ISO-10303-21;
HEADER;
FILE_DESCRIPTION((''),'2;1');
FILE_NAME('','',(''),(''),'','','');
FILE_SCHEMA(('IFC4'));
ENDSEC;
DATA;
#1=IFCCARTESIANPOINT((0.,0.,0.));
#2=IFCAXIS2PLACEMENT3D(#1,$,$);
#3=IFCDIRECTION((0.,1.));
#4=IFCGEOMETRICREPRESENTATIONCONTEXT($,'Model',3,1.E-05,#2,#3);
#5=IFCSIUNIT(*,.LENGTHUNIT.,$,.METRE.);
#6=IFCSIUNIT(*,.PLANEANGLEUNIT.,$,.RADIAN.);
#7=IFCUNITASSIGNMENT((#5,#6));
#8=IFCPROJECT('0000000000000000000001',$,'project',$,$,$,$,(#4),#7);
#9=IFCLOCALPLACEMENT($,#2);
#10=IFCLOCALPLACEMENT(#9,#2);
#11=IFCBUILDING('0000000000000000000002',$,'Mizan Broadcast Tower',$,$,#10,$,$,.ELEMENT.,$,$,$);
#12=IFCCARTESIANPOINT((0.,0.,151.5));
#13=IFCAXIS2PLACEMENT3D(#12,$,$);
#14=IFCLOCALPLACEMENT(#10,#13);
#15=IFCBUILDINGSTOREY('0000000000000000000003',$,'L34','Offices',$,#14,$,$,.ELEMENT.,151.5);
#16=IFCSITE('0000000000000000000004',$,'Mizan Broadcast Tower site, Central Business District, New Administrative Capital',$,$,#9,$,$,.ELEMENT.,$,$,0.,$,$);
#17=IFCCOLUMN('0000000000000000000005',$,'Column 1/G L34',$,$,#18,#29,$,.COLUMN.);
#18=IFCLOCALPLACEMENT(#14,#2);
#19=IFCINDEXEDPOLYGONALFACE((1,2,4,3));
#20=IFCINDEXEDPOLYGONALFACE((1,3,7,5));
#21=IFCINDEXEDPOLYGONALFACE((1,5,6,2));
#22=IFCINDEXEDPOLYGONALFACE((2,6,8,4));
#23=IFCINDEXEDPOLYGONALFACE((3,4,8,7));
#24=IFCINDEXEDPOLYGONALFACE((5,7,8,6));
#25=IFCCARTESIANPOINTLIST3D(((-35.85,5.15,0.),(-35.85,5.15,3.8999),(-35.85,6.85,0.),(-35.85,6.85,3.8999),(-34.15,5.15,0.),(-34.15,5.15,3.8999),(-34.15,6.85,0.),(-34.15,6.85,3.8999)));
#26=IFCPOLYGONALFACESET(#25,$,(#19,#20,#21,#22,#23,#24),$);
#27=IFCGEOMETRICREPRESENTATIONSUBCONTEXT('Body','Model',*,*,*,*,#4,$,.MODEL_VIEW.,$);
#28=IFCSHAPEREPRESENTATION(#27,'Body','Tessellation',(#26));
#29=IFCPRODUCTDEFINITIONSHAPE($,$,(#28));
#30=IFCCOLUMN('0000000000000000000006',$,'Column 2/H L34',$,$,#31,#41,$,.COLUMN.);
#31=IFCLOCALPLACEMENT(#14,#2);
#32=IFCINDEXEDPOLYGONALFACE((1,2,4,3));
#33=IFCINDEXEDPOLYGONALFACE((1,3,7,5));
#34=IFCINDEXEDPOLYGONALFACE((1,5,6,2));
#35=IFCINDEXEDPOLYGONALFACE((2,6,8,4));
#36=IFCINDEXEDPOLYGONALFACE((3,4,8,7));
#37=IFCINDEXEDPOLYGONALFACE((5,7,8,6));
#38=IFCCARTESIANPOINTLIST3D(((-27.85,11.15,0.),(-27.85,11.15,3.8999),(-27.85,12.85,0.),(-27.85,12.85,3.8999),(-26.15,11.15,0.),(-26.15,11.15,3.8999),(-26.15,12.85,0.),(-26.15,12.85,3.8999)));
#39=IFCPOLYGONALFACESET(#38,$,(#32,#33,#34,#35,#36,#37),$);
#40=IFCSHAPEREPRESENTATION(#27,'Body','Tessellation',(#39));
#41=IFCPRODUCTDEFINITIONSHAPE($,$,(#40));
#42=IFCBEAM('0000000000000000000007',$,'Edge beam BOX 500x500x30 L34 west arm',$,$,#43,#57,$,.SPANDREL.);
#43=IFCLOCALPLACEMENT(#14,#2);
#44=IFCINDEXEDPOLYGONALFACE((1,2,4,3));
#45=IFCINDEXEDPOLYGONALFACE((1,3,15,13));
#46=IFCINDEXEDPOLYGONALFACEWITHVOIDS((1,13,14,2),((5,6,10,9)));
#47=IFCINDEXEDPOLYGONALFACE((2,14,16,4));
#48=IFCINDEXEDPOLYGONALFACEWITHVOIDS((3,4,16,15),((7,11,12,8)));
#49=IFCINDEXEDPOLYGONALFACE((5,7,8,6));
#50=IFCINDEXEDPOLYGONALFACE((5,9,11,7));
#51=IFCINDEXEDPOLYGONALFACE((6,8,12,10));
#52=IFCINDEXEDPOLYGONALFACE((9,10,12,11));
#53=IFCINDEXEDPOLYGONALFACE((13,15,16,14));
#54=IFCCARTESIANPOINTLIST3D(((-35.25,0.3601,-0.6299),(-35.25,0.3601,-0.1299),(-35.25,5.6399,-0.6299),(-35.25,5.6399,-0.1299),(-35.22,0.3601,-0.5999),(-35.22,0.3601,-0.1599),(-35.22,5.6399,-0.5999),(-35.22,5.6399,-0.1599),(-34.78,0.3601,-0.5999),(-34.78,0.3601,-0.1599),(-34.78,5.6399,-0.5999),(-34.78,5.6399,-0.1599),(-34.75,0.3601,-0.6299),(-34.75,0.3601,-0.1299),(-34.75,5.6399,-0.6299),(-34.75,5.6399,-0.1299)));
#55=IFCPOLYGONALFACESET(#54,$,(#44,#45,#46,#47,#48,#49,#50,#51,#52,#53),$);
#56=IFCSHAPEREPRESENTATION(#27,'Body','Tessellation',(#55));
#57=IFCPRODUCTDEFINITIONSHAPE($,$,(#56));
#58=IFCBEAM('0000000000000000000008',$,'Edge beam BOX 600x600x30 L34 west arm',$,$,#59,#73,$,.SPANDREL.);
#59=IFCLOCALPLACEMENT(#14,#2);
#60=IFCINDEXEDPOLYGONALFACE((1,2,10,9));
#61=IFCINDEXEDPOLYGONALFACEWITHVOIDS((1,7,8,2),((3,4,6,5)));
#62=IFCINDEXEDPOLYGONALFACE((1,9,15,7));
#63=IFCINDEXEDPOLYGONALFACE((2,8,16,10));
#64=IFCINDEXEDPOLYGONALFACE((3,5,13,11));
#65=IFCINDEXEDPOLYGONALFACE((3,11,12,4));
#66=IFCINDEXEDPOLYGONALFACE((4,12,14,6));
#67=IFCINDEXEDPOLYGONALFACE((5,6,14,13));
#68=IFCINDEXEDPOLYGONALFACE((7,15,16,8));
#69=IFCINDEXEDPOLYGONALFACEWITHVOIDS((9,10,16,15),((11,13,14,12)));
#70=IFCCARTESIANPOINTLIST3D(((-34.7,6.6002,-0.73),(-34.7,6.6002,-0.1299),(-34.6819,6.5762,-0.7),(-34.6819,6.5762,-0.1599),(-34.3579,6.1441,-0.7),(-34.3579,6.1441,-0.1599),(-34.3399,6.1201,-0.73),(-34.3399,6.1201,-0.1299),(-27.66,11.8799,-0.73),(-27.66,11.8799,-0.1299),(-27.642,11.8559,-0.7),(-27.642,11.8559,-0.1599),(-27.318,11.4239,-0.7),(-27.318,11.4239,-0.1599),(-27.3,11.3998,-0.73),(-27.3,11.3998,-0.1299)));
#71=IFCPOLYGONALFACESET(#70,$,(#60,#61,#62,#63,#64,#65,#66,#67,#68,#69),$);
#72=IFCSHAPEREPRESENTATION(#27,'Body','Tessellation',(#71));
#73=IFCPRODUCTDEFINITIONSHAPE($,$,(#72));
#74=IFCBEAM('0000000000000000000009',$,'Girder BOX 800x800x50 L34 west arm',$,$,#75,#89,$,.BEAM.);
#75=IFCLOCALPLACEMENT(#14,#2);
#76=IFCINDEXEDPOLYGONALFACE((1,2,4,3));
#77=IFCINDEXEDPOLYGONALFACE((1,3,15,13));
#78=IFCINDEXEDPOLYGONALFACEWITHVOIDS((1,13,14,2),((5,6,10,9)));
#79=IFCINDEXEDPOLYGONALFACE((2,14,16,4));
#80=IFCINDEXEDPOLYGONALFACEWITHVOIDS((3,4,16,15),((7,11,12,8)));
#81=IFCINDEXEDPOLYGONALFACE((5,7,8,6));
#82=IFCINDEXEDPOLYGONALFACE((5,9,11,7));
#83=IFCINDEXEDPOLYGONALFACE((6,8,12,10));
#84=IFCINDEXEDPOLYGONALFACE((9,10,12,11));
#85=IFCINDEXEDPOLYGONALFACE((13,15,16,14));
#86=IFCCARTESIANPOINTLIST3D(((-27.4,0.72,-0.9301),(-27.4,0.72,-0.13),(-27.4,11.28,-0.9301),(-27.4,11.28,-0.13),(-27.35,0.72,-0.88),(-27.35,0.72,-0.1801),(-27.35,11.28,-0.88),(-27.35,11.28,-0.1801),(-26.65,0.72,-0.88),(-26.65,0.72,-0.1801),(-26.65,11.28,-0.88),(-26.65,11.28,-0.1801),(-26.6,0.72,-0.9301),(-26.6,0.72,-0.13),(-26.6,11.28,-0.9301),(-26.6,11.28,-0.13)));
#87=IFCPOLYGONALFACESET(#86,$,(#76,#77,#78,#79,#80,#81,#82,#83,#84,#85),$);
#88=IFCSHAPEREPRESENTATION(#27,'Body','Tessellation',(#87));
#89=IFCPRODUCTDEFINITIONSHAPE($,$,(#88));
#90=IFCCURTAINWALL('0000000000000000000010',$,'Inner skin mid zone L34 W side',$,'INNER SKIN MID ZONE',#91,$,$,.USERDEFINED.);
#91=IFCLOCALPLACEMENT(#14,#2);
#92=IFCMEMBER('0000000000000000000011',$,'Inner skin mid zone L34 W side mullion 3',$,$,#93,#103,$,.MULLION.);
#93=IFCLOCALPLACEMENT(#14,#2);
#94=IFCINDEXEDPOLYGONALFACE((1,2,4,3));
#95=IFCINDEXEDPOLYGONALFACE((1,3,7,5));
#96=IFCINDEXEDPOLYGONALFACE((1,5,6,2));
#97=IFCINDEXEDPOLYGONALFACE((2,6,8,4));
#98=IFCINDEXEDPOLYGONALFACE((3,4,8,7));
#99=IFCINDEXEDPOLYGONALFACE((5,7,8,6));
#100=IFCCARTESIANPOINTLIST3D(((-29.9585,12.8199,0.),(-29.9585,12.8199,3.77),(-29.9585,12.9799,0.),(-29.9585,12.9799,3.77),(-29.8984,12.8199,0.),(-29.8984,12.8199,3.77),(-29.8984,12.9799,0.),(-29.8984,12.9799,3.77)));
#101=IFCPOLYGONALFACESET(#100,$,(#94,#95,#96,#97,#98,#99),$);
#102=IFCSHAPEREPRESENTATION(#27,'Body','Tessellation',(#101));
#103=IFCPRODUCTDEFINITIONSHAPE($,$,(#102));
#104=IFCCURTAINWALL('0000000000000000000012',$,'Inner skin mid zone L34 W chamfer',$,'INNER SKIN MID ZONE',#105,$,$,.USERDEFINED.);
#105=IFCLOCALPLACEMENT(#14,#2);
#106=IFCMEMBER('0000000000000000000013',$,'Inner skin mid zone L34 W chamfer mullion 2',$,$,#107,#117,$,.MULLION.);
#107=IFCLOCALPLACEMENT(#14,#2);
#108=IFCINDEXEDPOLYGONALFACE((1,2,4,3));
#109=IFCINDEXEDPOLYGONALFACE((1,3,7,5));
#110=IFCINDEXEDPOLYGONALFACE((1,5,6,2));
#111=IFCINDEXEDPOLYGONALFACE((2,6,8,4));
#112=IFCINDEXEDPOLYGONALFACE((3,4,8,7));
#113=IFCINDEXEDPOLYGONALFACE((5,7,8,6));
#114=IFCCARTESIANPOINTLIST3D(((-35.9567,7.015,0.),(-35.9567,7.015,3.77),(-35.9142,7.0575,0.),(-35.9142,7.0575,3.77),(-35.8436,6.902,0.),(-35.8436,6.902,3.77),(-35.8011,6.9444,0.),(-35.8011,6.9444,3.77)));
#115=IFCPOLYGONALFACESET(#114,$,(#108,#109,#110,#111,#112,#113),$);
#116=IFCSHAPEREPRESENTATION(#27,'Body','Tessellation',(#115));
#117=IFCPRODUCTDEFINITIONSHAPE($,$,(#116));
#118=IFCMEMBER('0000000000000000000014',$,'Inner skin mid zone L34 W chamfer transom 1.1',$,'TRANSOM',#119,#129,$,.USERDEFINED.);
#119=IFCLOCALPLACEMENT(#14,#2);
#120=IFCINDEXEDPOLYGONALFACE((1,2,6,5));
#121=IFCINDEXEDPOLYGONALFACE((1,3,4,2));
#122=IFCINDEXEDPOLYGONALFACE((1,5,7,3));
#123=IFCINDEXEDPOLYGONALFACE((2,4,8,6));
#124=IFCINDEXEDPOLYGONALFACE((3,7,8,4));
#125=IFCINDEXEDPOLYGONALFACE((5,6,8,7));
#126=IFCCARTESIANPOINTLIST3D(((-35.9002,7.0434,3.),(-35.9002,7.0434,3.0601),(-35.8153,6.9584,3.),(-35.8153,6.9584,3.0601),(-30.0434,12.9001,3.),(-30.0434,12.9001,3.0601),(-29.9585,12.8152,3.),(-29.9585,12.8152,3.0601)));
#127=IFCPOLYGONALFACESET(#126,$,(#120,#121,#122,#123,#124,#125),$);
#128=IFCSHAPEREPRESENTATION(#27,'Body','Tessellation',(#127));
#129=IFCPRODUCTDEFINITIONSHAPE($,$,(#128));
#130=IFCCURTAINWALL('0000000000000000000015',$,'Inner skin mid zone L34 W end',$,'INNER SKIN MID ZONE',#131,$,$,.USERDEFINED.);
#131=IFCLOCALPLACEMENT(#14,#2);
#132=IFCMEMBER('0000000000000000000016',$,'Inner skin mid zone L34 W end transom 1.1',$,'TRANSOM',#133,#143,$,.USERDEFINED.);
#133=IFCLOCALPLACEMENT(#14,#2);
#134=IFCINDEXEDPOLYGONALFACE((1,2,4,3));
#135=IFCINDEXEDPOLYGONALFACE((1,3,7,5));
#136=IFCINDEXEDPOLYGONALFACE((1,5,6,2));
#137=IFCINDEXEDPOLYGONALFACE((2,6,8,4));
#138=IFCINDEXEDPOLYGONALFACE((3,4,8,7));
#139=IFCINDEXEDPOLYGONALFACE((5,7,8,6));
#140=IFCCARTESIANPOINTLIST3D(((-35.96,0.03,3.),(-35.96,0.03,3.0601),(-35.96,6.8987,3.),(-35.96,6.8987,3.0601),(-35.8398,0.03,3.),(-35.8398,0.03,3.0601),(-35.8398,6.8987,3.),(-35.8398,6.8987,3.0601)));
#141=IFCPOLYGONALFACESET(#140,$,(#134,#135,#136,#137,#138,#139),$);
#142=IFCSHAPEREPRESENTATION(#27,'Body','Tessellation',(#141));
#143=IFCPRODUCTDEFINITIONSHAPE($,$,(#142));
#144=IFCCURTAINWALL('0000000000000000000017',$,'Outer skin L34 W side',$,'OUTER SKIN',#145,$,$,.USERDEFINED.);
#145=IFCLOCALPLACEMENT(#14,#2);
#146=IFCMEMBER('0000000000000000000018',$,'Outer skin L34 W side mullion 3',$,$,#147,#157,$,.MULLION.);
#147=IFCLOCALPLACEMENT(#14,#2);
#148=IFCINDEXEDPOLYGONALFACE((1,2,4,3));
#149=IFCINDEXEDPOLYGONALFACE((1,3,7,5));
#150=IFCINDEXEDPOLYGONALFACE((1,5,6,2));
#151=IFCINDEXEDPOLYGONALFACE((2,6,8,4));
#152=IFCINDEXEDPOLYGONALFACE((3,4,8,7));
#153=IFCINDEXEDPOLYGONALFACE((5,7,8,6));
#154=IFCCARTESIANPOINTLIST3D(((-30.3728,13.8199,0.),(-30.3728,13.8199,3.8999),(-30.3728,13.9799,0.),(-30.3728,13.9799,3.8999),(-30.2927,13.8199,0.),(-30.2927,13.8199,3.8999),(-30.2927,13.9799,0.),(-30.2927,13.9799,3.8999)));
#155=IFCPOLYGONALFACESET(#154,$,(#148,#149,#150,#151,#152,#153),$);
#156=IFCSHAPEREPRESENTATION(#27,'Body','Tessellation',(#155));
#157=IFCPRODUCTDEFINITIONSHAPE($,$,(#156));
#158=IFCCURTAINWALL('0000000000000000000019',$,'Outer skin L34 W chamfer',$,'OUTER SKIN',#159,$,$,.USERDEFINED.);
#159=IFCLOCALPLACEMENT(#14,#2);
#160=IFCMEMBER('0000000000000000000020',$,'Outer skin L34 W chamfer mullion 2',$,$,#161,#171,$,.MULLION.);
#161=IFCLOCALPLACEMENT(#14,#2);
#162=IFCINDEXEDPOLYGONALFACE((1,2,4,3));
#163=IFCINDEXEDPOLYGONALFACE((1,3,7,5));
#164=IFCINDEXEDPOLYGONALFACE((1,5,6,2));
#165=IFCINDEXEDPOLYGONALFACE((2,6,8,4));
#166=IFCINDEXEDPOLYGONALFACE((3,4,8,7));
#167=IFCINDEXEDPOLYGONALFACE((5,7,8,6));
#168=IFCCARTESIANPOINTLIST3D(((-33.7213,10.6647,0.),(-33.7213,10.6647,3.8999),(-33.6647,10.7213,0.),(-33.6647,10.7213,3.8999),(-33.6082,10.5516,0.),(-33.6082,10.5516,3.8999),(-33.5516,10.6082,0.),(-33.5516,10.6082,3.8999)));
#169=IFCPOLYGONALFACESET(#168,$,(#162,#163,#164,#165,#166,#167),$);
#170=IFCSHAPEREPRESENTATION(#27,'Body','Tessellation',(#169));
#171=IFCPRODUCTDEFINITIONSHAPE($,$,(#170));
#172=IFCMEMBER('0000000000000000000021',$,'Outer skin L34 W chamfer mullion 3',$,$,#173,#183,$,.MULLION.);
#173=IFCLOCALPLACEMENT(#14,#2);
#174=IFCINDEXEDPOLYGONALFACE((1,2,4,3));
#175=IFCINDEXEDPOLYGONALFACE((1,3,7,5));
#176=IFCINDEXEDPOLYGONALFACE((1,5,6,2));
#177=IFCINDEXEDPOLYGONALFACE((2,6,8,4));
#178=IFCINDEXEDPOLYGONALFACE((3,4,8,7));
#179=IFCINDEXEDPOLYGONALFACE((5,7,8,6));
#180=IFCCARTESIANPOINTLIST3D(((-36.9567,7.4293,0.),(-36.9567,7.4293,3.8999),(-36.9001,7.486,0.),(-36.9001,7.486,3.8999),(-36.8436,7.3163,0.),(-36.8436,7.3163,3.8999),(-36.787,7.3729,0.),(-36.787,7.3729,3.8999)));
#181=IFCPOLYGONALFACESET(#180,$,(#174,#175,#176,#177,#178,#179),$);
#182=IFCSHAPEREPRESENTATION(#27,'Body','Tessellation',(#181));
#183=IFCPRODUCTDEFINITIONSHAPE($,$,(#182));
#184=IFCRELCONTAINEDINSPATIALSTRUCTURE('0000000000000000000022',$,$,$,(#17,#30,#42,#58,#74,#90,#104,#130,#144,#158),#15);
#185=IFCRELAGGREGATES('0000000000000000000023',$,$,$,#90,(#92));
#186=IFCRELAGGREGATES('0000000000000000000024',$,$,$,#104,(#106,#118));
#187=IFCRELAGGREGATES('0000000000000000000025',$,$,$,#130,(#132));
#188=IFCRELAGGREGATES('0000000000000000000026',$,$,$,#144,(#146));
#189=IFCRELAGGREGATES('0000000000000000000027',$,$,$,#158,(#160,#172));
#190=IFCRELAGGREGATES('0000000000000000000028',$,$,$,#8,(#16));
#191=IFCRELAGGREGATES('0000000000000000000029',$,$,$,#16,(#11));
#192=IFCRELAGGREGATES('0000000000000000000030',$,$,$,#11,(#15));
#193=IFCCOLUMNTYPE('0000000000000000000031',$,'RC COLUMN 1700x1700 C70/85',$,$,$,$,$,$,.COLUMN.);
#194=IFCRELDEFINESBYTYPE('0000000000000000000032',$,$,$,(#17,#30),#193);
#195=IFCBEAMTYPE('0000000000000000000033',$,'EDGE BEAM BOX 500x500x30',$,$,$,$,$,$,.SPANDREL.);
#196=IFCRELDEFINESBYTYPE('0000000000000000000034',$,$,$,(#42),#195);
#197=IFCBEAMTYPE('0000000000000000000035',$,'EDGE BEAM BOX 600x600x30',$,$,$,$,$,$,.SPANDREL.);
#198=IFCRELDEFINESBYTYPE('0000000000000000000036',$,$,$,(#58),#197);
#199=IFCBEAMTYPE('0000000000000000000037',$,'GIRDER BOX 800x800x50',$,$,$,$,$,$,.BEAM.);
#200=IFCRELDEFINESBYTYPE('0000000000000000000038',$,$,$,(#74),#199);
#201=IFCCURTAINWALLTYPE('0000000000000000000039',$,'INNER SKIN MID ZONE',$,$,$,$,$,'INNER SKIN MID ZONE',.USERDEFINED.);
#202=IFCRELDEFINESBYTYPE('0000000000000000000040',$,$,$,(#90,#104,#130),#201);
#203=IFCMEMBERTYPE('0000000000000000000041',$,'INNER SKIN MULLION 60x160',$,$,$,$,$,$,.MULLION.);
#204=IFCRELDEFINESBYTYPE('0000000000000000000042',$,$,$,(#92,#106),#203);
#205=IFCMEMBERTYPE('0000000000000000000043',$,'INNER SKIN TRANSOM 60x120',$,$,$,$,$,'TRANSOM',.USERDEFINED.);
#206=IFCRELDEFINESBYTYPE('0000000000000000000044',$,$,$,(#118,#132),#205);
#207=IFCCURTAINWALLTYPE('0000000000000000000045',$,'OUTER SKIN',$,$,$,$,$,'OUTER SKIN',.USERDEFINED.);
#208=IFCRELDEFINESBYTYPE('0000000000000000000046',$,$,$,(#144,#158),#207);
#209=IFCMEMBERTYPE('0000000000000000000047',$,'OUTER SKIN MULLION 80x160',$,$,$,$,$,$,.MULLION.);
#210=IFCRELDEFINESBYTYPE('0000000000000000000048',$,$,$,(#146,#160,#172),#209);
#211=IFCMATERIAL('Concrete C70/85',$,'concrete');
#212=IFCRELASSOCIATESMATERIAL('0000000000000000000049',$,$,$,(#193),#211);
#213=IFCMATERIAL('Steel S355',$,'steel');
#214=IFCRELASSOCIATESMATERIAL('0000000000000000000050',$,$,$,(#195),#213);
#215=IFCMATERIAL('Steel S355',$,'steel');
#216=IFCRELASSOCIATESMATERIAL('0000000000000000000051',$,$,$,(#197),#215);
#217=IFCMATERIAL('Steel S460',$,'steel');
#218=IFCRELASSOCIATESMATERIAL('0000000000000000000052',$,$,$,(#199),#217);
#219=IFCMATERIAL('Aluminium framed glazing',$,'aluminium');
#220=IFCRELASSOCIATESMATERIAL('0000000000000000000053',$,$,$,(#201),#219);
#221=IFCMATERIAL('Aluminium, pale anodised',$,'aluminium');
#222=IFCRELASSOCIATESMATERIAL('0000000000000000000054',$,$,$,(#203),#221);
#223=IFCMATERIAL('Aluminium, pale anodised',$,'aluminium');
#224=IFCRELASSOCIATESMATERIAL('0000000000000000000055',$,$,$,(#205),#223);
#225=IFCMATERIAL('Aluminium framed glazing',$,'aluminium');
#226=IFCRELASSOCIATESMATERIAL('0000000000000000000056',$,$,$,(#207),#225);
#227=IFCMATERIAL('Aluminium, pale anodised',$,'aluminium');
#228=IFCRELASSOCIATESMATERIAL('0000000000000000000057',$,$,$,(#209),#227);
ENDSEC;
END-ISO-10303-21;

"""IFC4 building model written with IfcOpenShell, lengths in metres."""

from ifc_helpers import new_model, si_unit, direction, frame, origin, origin_2d, place, context, subcontext, project, spatial, rectangle, hollow_rectangle, extrude, material, material_profile, profile_set, type_object, element, aggregate, save


model = new_model("IFC4")

# Units and contexts
model_context = context("Model", 3, precision=1e-05, world=origin(), true_north=direction((0.0, 1.0)))
body_context = subcontext(model_context, "Body", "Model", "MODEL_VIEW")
ifc_project = project(units=[si_unit("LENGTHUNIT", "METRE"), si_unit("PLANEANGLEUNIT", "RADIAN")], contexts=[model_context])

# Site, building, storey
site_placement = place(None, origin())
site = spatial("IfcSite", under=ifc_project, at=site_placement, Name="Mizan Broadcast Tower site, Central Business District, New Administrative Capital", CompositionType="ELEMENT", RefElevation=0.0)
building_placement = place(site_placement, origin())
building = spatial("IfcBuilding", under=site, at=building_placement, Name="Mizan Broadcast Tower", CompositionType="ELEMENT")
storey_placement = place(building_placement, frame((0.0, 0.0, 151.5)))
storey = spatial("IfcBuildingStorey", under=building, at=storey_placement, Name="L34", Description="Offices", CompositionType="ELEMENT", Elevation=151.5)

# Columns
ifc_material_1 = material(Name="Concrete C70/85", Category="concrete")
ifc_material_profile_1 = material_profile(ifc_material_1, rectangle(XDim=1.7, YDim=1.7, at=origin_2d()), Name="RC 1700x1700")
ifc_profile_set_1 = profile_set([ifc_material_profile_1], Name="Concrete C70/85")
column_type = type_object("IfcColumnType", Name="RC COLUMN 1700x1700 C70/85", PredefinedType="COLUMN", material=ifc_profile_set_1)
for number, where, z_axis, x_axis, name in (
    (1, (-35.0, 6.0, 0.0), (0.0, 0.0, 1.0), (1.0, 0.0, 0.0), "Column 1/G L34"),
    (2, (-27.0, 12.0, 0.0), (0.0, 0.0, 1.0), (1.0, 0.0, 0.0), "Column 2/H L34"),
):
    element("IfcColumn", number, at=place(storey_placement, frame(where, z_axis=z_axis, x_axis=x_axis)), inside=storey, type_object=column_type, Name=name, PredefinedType="COLUMN", context=body_context, shape_type="SweptSolid", body=[
        extrude(rectangle(XDim=1.7, YDim=1.7, at=origin_2d()), origin(), (0.0, 0.0, 1.0), 3.8999),
    ])

# Beams
ifc_material_2 = material(Name="Steel S355", Category="steel")
ifc_material_profile_2 = material_profile(ifc_material_2, hollow_rectangle(XDim=0.5, YDim=0.5, WallThickness=0.03, at=origin_2d()), Name="BOX 500x500x30")
ifc_profile_set_2 = profile_set([ifc_material_profile_2], Name="Steel S355")
beam_type_1 = type_object("IfcBeamType", Name="EDGE BEAM BOX 500x500x30", PredefinedType="SPANDREL", material=ifc_profile_set_2)
beam_1_placement = place(storey_placement, frame((-35.0, 5.6399, -0.3799), z_axis=(0.0, -1.0, 0.0), x_axis=(1.0, 0.0, 0.0)))
element("IfcBeam", 3, at=beam_1_placement, inside=storey, type_object=beam_type_1, Name="Edge beam BOX 500x500x30 L34 west arm", PredefinedType="SPANDREL", context=body_context, shape_type="SweptSolid", body=[
    extrude(hollow_rectangle(XDim=0.5, YDim=0.5, WallThickness=0.03, at=origin_2d()), origin(), (0.0, 0.0, 1.0), 5.2798),
])
ifc_material_3 = material(Name="Steel S355", Category="steel")
ifc_material_profile_3 = material_profile(ifc_material_3, hollow_rectangle(XDim=0.6001, YDim=0.6001, WallThickness=0.03, at=origin_2d()), Name="BOX 600x600x30")
ifc_profile_set_3 = profile_set([ifc_material_profile_3], Name="Steel S355")
beam_type_2 = type_object("IfcBeamType", Name="EDGE BEAM BOX 600x600x30", PredefinedType="SPANDREL", material=ifc_profile_set_3)
beam_2_placement = place(storey_placement, frame((-27.48, 11.6399, -0.4299), z_axis=(-0.800013, -0.599982, 0.0), x_axis=(0.599982, -0.800013, 0.0)))
element("IfcBeam", 4, at=beam_2_placement, inside=storey, type_object=beam_type_2, Name="Edge beam BOX 600x600x30 L34 west arm", PredefinedType="SPANDREL", context=body_context, shape_type="SweptSolid", body=[
    extrude(hollow_rectangle(XDim=0.6001, YDim=0.6001, WallThickness=0.03, at=origin_2d()), origin(), (0.0, 0.0, 1.0), 8.7998),
])
ifc_material_4 = material(Name="Steel S460", Category="steel")
ifc_material_profile_4 = material_profile(ifc_material_4, hollow_rectangle(XDim=0.8, YDim=0.8, WallThickness=0.05, at=origin_2d()), Name="BOX 800x800x50")
ifc_profile_set_4 = profile_set([ifc_material_profile_4], Name="Steel S460")
beam_type_3 = type_object("IfcBeamType", Name="GIRDER BOX 800x800x50", PredefinedType="BEAM", material=ifc_profile_set_4)
beam_3_placement = place(storey_placement, frame((-27.0, 11.28, -0.53), z_axis=(0.0, -1.0, 0.0), x_axis=(1.0, 0.0, 0.0)))
element("IfcBeam", 5, at=beam_3_placement, inside=storey, type_object=beam_type_3, Name="Girder BOX 800x800x50 L34 west arm", PredefinedType="BEAM", context=body_context, shape_type="SweptSolid", body=[
    extrude(hollow_rectangle(XDim=0.8, YDim=0.8, WallThickness=0.05, at=origin_2d()), origin(), (0.0, 0.0, 1.0), 10.5601),
])

# Curtain wall, member
ifc_material_5 = material(Name="Aluminium framed glazing", Category="aluminium")
curtain_wall_type_1 = type_object("IfcCurtainWallType", Name="INNER SKIN MID ZONE", ElementType="INNER SKIN MID ZONE", PredefinedType="USERDEFINED", material=ifc_material_5)
curtain_wall_1_placement = place(storey_placement, origin())
curtain_wall_1 = element("IfcCurtainWall", 6, at=curtain_wall_1_placement, inside=storey, type_object=curtain_wall_type_1, Name="Inner skin mid zone L34 W side", ObjectType="INNER SKIN MID ZONE", PredefinedType="USERDEFINED")
ifc_material_6 = material(Name="Aluminium, pale anodised", Category="aluminium")
ifc_material_profile_5 = material_profile(ifc_material_6, rectangle(XDim=0.1599, YDim=0.0601, at=origin_2d()), Name="MULLION 160x60")
ifc_profile_set_5 = profile_set([ifc_material_profile_5], Name="Aluminium, pale anodised")
member_type_1 = type_object("IfcMemberType", Name="INNER SKIN MULLION 60x160", PredefinedType="MULLION", material=ifc_profile_set_5)
member_1_placement = place(storey_placement, frame((-29.9285, 12.8999, 0.0), z_axis=(0.0, 0.0, 1.0), x_axis=(0.0, -1.0, 0.0)))
member_1 = element("IfcMember", 7, at=member_1_placement, type_object=member_type_1, Name="Inner skin mid zone L34 W side mullion 3", PredefinedType="MULLION", context=body_context, shape_type="SweptSolid", body=[
    extrude(rectangle(XDim=0.1599, YDim=0.0601, at=origin_2d()), origin(), (0.0, 0.0, 1.0), 3.77),
])

# Curtain wall, members
curtain_wall_2_placement = place(storey_placement, origin())
curtain_wall_2 = element("IfcCurtainWall", 8, at=curtain_wall_2_placement, inside=storey, type_object=curtain_wall_type_1, Name="Inner skin mid zone L34 W chamfer", ObjectType="INNER SKIN MID ZONE", PredefinedType="USERDEFINED")
member_2_placement = place(storey_placement, frame((-35.8789, 6.9797, 0.0), z_axis=(0.0, 0.0, 1.0), x_axis=(0.707107, -0.707107, 0.0)))
member_2 = element("IfcMember", 9, at=member_2_placement, type_object=member_type_1, Name="Inner skin mid zone L34 W chamfer mullion 2", PredefinedType="MULLION", context=body_context, shape_type="SweptSolid", body=[
    extrude(rectangle(XDim=0.1599, YDim=0.0601, at=origin_2d()), origin(), (0.0, 0.0, 1.0), 3.77),
])
ifc_material_7 = material(Name="Aluminium, pale anodised", Category="aluminium")
ifc_material_profile_6 = material_profile(ifc_material_7, rectangle(XDim=0.1201, YDim=0.0601, at=origin_2d()), Name="TRANSOM 120x60")
ifc_profile_set_6 = profile_set([ifc_material_profile_6], Name="Aluminium, pale anodised")
member_type_2 = type_object("IfcMemberType", Name="INNER SKIN TRANSOM 60x120", ElementType="TRANSOM", PredefinedType="USERDEFINED", material=ifc_profile_set_6)
member_3_placement = place(storey_placement, frame((-30.001, 12.8577, 3.03), z_axis=(-0.707107, -0.707107, 0.0), x_axis=(0.707107, -0.707107, 0.0)))
member_3 = element("IfcMember", 10, at=member_3_placement, type_object=member_type_2, Name="Inner skin mid zone L34 W chamfer transom 1.1", ObjectType="TRANSOM", PredefinedType="USERDEFINED", context=body_context, shape_type="SweptSolid", body=[
    extrude(rectangle(XDim=0.1201, YDim=0.0601, at=origin_2d()), origin(), (0.0, 0.0, 1.0), 8.2827),
])

# Curtain walls, members
curtain_wall_3_placement = place(storey_placement, origin())
curtain_wall_3 = element("IfcCurtainWall", 11, at=curtain_wall_3_placement, inside=storey, type_object=curtain_wall_type_1, Name="Inner skin mid zone L34 W end", ObjectType="INNER SKIN MID ZONE", PredefinedType="USERDEFINED")
member_4_placement = place(storey_placement, frame((-35.8999, 6.8987, 3.03), z_axis=(0.0, -1.0, 0.0), x_axis=(1.0, 0.0, 0.0)))
member_4 = element("IfcMember", 12, at=member_4_placement, type_object=member_type_2, Name="Inner skin mid zone L34 W end transom 1.1", ObjectType="TRANSOM", PredefinedType="USERDEFINED", context=body_context, shape_type="SweptSolid", body=[
    extrude(rectangle(XDim=0.1201, YDim=0.0601, at=origin_2d()), origin(), (0.0, 0.0, 1.0), 6.8687),
])
ifc_material_8 = material(Name="Aluminium framed glazing", Category="aluminium")
curtain_wall_type_2 = type_object("IfcCurtainWallType", Name="OUTER SKIN", ElementType="OUTER SKIN", PredefinedType="USERDEFINED", material=ifc_material_8)
curtain_wall_4_placement = place(storey_placement, origin())
curtain_wall_4 = element("IfcCurtainWall", 13, at=curtain_wall_4_placement, inside=storey, type_object=curtain_wall_type_2, Name="Outer skin L34 W side", ObjectType="OUTER SKIN", PredefinedType="USERDEFINED")
ifc_material_9 = material(Name="Aluminium, pale anodised", Category="aluminium")
ifc_material_profile_7 = material_profile(ifc_material_9, rectangle(XDim=0.1599, YDim=0.0801, at=origin_2d()), Name="MULLION 160x80")
ifc_profile_set_7 = profile_set([ifc_material_profile_7], Name="Aluminium, pale anodised")
member_type_3 = type_object("IfcMemberType", Name="OUTER SKIN MULLION 80x160", PredefinedType="MULLION", material=ifc_profile_set_7)
member_5_placement = place(storey_placement, frame((-30.3328, 13.8999, 0.0), z_axis=(0.0, 0.0, 1.0), x_axis=(0.0, -1.0, 0.0)))
member_5 = element("IfcMember", 14, at=member_5_placement, type_object=member_type_3, Name="Outer skin L34 W side mullion 3", PredefinedType="MULLION", context=body_context, shape_type="SweptSolid", body=[
    extrude(rectangle(XDim=0.1599, YDim=0.0801, at=origin_2d()), origin(), (0.0, 0.0, 1.0), 3.8999),
])

# Curtain wall, members
curtain_wall_5_placement = place(storey_placement, origin())
curtain_wall_5 = element("IfcCurtainWall", 15, at=curtain_wall_5_placement, inside=storey, type_object=curtain_wall_type_2, Name="Outer skin L34 W chamfer", ObjectType="OUTER SKIN", PredefinedType="USERDEFINED")
member_6_placement = place(storey_placement, frame((-33.6365, 10.6365, 0.0), z_axis=(0.0, 0.0, 1.0), x_axis=(0.707107, -0.707107, 0.0)))
member_6 = element("IfcMember", 16, at=member_6_placement, type_object=member_type_3, Name="Outer skin L34 W chamfer mullion 2", PredefinedType="MULLION", context=body_context, shape_type="SweptSolid", body=[
    extrude(rectangle(XDim=0.1599, YDim=0.0801, at=origin_2d()), origin(), (0.0, 0.0, 1.0), 3.8999),
])
member_7_placement = place(storey_placement, frame((-36.8718, 7.4011, 0.0), z_axis=(0.0, 0.0, 1.0), x_axis=(0.707107, -0.707107, 0.0)))
member_7 = element("IfcMember", 17, at=member_7_placement, type_object=member_type_3, Name="Outer skin L34 W chamfer mullion 3", PredefinedType="MULLION", context=body_context, shape_type="SweptSolid", body=[
    extrude(rectangle(XDim=0.1599, YDim=0.0801, at=origin_2d()), origin(), (0.0, 0.0, 1.0), 3.8999),
])

aggregate(curtain_wall_1, [member_1])
aggregate(curtain_wall_2, [member_2, member_3])
aggregate(curtain_wall_3, [member_4])
aggregate(curtain_wall_4, [member_5])
aggregate(curtain_wall_5, [member_6, member_7])

save(model, "model.ifc")
